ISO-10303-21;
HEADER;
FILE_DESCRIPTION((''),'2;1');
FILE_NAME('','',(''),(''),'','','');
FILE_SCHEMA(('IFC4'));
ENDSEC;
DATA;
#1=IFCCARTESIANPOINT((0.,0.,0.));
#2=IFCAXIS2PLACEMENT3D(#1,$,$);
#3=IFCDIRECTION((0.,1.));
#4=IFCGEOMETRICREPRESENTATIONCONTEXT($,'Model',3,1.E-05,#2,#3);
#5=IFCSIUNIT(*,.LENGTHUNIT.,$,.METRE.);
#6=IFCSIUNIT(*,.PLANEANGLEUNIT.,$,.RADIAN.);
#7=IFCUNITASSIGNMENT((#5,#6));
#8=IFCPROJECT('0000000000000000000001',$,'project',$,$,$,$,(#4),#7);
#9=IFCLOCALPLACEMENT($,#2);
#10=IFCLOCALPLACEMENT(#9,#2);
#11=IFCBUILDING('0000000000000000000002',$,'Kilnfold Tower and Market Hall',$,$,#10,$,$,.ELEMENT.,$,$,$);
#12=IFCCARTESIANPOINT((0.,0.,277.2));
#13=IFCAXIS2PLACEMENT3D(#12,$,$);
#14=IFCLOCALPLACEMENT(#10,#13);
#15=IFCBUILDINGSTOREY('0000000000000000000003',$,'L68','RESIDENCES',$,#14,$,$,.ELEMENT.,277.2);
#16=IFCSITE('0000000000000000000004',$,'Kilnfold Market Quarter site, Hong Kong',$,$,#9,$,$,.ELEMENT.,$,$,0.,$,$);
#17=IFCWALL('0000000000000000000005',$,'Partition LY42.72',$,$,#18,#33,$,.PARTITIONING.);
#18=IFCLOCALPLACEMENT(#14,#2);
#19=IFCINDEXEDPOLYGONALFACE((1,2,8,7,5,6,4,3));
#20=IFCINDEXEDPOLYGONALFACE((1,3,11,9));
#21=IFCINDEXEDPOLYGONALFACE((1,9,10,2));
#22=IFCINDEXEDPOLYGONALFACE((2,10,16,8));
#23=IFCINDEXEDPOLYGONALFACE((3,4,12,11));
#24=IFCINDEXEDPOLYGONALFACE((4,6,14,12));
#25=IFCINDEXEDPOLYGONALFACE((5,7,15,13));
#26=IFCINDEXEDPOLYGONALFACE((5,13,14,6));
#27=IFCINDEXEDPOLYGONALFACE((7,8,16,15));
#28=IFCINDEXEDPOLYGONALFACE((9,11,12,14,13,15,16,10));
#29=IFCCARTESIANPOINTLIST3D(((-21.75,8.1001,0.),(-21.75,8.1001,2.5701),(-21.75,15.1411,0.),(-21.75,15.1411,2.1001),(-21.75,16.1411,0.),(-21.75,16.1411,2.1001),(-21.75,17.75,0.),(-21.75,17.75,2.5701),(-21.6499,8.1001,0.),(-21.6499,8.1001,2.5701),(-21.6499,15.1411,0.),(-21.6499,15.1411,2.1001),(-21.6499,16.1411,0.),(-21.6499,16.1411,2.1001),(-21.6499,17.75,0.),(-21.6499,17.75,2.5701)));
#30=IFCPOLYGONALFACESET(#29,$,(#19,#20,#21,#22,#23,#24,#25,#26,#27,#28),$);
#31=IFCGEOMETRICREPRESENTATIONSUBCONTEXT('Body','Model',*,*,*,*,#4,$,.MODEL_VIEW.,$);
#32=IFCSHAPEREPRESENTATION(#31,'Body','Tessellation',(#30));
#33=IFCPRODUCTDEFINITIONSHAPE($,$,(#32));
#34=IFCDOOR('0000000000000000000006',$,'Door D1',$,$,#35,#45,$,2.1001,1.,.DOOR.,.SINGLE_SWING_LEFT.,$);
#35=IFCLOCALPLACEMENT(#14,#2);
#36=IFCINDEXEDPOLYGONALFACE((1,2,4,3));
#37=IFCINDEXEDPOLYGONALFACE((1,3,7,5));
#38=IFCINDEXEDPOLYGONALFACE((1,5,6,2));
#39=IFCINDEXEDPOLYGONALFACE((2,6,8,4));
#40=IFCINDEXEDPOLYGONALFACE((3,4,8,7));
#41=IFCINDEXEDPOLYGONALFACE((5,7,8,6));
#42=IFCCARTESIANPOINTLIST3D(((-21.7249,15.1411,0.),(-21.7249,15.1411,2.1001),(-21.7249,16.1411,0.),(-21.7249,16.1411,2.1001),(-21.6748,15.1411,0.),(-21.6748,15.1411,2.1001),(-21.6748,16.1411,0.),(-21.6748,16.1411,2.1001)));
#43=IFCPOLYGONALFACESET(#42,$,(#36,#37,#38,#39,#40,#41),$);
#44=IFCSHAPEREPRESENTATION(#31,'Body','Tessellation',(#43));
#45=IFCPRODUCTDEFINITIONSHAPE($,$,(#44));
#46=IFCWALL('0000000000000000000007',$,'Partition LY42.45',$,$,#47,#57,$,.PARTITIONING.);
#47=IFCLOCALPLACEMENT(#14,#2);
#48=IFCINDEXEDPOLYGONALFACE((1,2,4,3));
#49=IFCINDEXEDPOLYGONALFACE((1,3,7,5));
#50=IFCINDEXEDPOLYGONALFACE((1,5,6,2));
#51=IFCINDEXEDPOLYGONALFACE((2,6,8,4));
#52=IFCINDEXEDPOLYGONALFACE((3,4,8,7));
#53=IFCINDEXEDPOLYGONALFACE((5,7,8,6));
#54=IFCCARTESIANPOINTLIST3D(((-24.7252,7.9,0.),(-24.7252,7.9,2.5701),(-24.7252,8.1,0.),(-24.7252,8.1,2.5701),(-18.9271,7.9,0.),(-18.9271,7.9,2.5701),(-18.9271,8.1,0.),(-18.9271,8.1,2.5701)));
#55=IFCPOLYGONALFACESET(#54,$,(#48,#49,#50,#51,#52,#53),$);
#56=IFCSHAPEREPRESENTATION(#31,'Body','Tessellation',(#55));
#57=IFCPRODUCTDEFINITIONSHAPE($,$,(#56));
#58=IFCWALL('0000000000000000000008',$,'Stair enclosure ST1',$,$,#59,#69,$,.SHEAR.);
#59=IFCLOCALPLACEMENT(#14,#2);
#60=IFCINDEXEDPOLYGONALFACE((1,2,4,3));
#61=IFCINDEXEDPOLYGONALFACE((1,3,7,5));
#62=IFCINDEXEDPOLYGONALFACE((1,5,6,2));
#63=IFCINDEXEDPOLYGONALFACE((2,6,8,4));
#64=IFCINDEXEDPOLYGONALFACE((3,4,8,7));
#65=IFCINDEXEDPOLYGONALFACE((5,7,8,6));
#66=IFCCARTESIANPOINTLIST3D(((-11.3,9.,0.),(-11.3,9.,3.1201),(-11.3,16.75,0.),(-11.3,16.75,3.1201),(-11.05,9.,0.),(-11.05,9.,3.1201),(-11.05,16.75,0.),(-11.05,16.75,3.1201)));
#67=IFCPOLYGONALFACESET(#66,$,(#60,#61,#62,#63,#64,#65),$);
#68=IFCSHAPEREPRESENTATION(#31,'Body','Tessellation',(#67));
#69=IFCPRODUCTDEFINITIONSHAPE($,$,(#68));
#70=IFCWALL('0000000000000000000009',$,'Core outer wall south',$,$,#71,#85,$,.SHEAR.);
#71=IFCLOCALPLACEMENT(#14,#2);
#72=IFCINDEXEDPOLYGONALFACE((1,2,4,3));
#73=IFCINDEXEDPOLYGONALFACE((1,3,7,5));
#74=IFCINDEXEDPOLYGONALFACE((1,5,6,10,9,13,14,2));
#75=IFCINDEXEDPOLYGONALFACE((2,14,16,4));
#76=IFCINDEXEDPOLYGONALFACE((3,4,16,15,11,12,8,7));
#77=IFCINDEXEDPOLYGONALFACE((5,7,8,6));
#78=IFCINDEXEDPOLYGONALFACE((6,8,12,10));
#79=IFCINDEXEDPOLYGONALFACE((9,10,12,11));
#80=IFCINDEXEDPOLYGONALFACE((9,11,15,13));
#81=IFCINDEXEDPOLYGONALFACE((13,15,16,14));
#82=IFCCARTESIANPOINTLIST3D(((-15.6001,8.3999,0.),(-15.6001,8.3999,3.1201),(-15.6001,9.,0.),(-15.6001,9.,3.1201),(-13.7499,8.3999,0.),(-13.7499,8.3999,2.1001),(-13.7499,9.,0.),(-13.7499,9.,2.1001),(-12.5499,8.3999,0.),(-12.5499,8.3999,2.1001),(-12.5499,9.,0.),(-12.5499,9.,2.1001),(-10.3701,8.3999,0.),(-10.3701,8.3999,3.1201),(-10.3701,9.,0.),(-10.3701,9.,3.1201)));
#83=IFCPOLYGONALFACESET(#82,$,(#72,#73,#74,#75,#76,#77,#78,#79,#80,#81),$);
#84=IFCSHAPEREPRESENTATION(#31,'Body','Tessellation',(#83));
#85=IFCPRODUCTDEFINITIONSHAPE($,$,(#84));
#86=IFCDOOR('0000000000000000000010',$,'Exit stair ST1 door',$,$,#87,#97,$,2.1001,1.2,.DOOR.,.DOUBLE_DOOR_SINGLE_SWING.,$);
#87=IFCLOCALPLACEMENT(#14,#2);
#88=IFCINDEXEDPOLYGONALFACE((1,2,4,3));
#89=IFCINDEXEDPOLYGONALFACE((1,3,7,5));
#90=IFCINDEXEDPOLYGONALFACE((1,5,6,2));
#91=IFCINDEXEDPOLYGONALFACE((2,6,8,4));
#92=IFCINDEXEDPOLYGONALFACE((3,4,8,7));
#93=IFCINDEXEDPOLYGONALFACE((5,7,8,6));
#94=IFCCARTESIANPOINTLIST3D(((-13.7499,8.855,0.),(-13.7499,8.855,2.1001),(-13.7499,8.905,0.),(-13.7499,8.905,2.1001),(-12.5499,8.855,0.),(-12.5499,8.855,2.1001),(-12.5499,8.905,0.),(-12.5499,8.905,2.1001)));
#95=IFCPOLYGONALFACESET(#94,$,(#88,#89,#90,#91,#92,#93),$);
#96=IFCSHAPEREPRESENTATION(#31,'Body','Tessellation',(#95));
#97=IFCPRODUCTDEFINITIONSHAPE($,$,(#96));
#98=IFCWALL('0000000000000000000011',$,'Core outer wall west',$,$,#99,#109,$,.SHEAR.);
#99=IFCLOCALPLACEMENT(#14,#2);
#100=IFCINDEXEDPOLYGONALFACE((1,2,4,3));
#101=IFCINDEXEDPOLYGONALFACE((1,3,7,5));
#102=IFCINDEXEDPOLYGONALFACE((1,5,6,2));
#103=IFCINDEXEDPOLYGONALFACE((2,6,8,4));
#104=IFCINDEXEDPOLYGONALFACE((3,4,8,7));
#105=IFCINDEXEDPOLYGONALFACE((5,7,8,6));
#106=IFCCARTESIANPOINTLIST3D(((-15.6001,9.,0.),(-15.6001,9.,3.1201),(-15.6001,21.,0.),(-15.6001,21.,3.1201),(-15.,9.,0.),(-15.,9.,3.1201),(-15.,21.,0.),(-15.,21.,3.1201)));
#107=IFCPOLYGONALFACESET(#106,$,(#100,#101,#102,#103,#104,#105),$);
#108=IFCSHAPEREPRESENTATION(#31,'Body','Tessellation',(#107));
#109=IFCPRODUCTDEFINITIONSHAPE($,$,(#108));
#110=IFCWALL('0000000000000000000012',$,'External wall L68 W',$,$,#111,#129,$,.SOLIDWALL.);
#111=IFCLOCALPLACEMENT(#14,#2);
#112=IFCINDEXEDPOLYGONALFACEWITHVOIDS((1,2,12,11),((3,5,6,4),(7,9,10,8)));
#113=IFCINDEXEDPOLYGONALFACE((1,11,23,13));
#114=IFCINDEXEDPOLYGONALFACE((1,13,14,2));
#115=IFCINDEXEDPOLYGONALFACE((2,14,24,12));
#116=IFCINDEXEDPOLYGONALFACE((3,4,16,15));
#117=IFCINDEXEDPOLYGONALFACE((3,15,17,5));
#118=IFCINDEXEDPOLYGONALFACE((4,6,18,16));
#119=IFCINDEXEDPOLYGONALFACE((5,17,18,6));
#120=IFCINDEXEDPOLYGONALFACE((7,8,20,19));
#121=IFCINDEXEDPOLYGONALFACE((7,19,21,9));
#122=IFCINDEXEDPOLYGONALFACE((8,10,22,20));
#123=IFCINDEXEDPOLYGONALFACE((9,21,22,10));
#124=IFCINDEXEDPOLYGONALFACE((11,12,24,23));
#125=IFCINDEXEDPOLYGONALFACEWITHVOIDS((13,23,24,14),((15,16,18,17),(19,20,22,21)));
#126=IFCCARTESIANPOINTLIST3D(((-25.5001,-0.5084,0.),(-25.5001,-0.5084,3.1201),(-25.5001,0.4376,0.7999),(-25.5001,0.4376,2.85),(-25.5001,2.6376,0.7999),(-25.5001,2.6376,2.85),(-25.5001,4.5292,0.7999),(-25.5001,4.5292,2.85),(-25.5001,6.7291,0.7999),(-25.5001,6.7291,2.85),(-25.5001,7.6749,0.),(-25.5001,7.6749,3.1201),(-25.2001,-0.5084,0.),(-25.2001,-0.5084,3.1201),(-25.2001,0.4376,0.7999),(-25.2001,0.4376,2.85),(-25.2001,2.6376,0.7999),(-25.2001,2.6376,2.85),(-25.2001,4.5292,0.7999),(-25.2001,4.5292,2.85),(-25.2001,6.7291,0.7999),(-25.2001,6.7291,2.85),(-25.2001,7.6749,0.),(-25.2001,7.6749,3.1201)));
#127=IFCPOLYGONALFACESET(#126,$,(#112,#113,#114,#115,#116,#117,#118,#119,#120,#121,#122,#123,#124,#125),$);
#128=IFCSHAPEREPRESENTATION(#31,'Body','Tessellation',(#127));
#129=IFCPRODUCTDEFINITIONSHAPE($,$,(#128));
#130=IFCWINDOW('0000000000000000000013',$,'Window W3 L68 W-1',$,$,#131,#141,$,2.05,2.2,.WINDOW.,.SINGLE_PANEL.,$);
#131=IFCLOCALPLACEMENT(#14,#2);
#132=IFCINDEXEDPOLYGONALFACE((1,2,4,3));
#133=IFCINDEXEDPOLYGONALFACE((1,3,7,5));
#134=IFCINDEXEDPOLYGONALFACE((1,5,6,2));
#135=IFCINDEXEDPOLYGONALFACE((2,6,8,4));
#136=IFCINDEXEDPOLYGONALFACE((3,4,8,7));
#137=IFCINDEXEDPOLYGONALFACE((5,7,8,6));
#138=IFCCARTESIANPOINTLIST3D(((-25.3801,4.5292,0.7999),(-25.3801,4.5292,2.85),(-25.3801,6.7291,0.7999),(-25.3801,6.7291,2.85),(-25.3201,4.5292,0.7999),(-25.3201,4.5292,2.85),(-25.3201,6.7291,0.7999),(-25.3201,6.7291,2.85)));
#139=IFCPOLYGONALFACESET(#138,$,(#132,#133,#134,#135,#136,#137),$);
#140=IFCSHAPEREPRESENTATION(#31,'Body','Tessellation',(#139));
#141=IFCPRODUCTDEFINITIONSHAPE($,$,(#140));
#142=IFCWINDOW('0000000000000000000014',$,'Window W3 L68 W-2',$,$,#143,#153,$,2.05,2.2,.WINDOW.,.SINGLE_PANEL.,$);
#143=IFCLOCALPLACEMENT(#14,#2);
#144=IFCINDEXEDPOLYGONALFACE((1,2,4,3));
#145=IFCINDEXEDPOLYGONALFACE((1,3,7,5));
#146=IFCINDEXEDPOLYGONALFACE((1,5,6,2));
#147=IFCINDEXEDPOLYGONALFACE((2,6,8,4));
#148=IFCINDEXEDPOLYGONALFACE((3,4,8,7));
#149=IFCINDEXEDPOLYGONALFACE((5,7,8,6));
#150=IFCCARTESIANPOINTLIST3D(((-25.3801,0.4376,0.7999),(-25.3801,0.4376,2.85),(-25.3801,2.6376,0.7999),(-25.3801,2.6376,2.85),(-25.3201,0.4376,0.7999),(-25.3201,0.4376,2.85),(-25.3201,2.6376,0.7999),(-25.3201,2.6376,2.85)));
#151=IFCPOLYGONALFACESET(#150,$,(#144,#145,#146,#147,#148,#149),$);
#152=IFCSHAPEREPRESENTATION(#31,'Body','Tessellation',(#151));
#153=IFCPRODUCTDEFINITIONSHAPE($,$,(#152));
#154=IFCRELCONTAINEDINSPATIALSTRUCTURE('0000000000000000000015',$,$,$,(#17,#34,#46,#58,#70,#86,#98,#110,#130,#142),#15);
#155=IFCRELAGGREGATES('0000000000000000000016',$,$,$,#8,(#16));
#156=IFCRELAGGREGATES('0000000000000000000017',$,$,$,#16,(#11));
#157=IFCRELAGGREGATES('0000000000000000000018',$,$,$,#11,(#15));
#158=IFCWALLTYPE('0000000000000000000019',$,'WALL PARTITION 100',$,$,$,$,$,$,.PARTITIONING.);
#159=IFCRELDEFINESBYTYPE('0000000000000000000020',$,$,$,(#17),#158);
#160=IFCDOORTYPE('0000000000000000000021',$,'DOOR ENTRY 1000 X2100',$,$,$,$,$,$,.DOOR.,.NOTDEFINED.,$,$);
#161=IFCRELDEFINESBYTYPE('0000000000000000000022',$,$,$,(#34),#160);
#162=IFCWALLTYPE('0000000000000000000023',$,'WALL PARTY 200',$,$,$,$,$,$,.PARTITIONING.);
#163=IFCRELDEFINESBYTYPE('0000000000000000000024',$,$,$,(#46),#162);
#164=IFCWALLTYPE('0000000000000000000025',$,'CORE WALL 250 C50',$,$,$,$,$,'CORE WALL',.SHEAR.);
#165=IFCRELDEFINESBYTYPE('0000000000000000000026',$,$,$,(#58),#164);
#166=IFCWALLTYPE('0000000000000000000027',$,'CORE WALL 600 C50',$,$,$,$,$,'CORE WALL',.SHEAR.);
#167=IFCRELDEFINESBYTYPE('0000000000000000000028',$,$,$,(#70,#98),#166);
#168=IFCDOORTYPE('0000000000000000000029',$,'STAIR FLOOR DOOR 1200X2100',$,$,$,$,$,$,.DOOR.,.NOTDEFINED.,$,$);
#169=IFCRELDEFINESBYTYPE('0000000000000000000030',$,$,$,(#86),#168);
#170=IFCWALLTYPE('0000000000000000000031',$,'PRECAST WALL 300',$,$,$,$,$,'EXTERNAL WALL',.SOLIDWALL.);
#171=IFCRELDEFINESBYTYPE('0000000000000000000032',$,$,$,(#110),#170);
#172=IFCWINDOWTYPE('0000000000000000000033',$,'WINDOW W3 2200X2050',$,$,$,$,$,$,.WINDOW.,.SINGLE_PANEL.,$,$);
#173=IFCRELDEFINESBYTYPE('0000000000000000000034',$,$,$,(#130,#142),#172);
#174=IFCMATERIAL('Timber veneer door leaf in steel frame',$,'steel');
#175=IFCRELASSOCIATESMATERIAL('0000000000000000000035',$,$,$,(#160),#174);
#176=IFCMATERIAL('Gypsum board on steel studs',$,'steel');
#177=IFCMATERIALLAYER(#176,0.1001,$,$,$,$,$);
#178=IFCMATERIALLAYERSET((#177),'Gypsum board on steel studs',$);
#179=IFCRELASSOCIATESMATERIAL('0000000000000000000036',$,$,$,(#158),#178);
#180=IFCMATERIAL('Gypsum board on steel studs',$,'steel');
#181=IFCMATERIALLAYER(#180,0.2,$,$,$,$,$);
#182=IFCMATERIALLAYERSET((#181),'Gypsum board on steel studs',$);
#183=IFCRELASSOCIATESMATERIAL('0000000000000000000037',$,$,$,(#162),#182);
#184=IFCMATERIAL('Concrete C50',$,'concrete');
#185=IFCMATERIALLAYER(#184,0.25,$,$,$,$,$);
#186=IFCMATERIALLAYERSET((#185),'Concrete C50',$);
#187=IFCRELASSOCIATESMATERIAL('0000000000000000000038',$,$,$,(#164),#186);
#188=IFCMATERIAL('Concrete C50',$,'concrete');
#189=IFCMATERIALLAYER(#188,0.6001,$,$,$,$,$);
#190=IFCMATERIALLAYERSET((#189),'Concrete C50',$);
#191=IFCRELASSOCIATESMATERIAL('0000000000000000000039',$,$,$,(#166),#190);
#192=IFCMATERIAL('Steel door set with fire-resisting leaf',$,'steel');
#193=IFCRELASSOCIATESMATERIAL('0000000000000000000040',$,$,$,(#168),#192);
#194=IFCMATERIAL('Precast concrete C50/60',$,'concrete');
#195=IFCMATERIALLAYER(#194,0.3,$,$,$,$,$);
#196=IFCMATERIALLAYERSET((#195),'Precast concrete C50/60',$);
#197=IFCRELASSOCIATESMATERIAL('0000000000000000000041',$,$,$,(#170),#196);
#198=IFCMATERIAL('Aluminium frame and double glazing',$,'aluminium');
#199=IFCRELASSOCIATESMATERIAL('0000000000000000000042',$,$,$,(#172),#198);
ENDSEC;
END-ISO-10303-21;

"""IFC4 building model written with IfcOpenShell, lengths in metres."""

from ifc_helpers import new_model, si_unit, direction, frame, frame_2d, origin, place, context, subcontext, project, spatial, rectangle, extrude, source, transform, mapped, material, layer, layer_set, type_object, element, fill, save


model = new_model("IFC4")

# Units and contexts
model_context = context("Model", 3, precision=1e-05, world=origin(), true_north=direction((0.0, 1.0)))
body_context = subcontext(model_context, "Body", "Model", "MODEL_VIEW")
ifc_project = project(units=[si_unit("LENGTHUNIT", "METRE"), si_unit("PLANEANGLEUNIT", "RADIAN")], contexts=[model_context])

# Site, building, storey
site_placement = place(None, origin())
site = spatial("IfcSite", under=ifc_project, at=site_placement, Name="Kilnfold Market Quarter site, Hong Kong", CompositionType="ELEMENT", RefElevation=0.0)
building_placement = place(site_placement, origin())
building = spatial("IfcBuilding", under=site, at=building_placement, Name="Kilnfold Tower and Market Hall", CompositionType="ELEMENT")
storey_placement = place(building_placement, frame((0.0, 0.0, 277.2)))
storey = spatial("IfcBuildingStorey", under=building, at=storey_placement, Name="L68", Description="RESIDENCES", CompositionType="ELEMENT", Elevation=277.2)

# Shared definitions
ifc_material_1 = material(Name="Timber veneer door leaf in steel frame", Category="steel")
door_type_1 = type_object("IfcDoorType", Name="DOOR ENTRY 1000 X2100", OperationType="NOTDEFINED", PredefinedType="DOOR", material=ifc_material_1)

# Wall, opening, door
ifc_material_2 = material(Name="Gypsum board on steel studs", Category="steel")
ifc_layer_1 = layer(ifc_material_2, 0.1001)
ifc_layer_set_1 = layer_set([ifc_layer_1], Name="Gypsum board on steel studs")
wall_type_1 = type_object("IfcWallType", Name="WALL PARTITION 100", PredefinedType="PARTITIONING", material=ifc_layer_set_1)
wall_1_placement = place(storey_placement, frame((-21.7, 8.1001, 0.0), z_axis=(0.0, 0.0, 1.0), x_axis=(0.0, 1.0, 0.0)))
wall_1 = element("IfcWall", 1, at=wall_1_placement, inside=storey, type_object=wall_type_1, Name="Partition LY42.72", PredefinedType="PARTITIONING", context=body_context, shape_type="SweptSolid", body=[
    extrude(rectangle(XDim=9.6499, YDim=0.1001, at=frame_2d((4.825, 0.0))), origin(), (0.0, 0.0, 1.0), 2.5701),
])
opening_1_placement = place(wall_1_placement, frame((7.041, 0.0, 0.0)))
opening_1 = element("IfcOpeningElement", 2, at=opening_1_placement, cuts=wall_1, PredefinedType="OPENING", context=body_context, shape_type="SweptSolid", body=[
    extrude(rectangle(XDim=1.0, YDim=2.1001, at=frame_2d((0.5, 1.05))), frame((0.0, 0.0601, 0.0), z_axis=(0.0, -1.0, 0.0), x_axis=(1.0, 0.0, 0.0)), (0.0, 0.0, 1.0), 0.1201),
])
door_1_placement = place(opening_1_placement, origin())
door_1 = element("IfcDoor", 3, at=door_1_placement, inside=storey, type_object=door_type_1, Name="Door D1", OperationType="SINGLE_SWING_LEFT", OverallHeight=2.1001, OverallWidth=1.0, PredefinedType="DOOR", context=body_context, shape_type="SweptSolid", body=[
    extrude(rectangle(XDim=1.0, YDim=2.1001, at=frame_2d((0.5, 1.05))), frame((0.0, 0.0249, 0.0), z_axis=(0.0, -1.0, 0.0), x_axis=(1.0, 0.0, 0.0)), (0.0, 0.0, 1.0), 0.05),
])
fill(opening_1, door_1)

# Walls
ifc_material_3 = material(Name="Gypsum board on steel studs", Category="steel")
ifc_layer_2 = layer(ifc_material_3, 0.2)
ifc_layer_set_2 = layer_set([ifc_layer_2], Name="Gypsum board on steel studs")
wall_type_2 = type_object("IfcWallType", Name="WALL PARTY 200", PredefinedType="PARTITIONING", material=ifc_layer_set_2)
wall_2_placement = place(storey_placement, frame((-24.7251, 8.0, 0.0), z_axis=(0.0, 0.0, 1.0), x_axis=(1.0, 0.0, 0.0)))
element("IfcWall", 4, at=wall_2_placement, inside=storey, type_object=wall_type_2, Name="Partition LY42.45", PredefinedType="PARTITIONING", context=body_context, shape_type="SweptSolid", body=[
    extrude(rectangle(XDim=5.7981, YDim=0.2, at=frame_2d((2.8989, 0.0))), origin(), (0.0, 0.0, 1.0), 2.5701),
])
ifc_material_4 = material(Name="Concrete C50", Category="concrete")
ifc_layer_3 = layer(ifc_material_4, 0.25)
ifc_layer_set_3 = layer_set([ifc_layer_3], Name="Concrete C50")
wall_type_3 = type_object("IfcWallType", Name="CORE WALL 250 C50", ElementType="CORE WALL", PredefinedType="SHEAR", material=ifc_layer_set_3)
shared_shape_1 = source(origin(), body_context, "Body", "SweptSolid", [
    extrude(rectangle(XDim=7.75, YDim=0.25, at=frame_2d((3.875, 0.0))), origin(), (0.0, 0.0, 1.0), 3.1201),
])
wall_3_placement = place(storey_placement, frame((-11.175, 9.0, 0.0), z_axis=(0.0, 0.0, 1.0), x_axis=(0.0, 1.0, 0.0)))
element("IfcWall", 5, at=wall_3_placement, inside=storey, type_object=wall_type_3, Name="Stair enclosure ST1", PredefinedType="SHEAR", context=body_context, shape_type="MappedRepresentation", body=[
    mapped(shared_shape_1, transform((0.0, 0.0, 0.0))),
])

# Wall, opening, door
ifc_material_5 = material(Name="Concrete C50", Category="concrete")
ifc_layer_4 = layer(ifc_material_5, 0.6001)
ifc_layer_set_4 = layer_set([ifc_layer_4], Name="Concrete C50")
wall_type_4 = type_object("IfcWallType", Name="CORE WALL 600 C50", ElementType="CORE WALL", PredefinedType="SHEAR", material=ifc_layer_set_4)
shared_shape_2 = source(origin(), body_context, "Body", "SweptSolid", [
    extrude(rectangle(XDim=5.23, YDim=0.6001, at=frame_2d((2.615, 0.0))), origin(), (0.0, 0.0, 1.0), 3.1201),
])
wall_4_placement = place(storey_placement, frame((-15.6001, 8.7, 0.0), z_axis=(0.0, 0.0, 1.0), x_axis=(1.0, 0.0, 0.0)))
wall_4 = element("IfcWall", 6, at=wall_4_placement, inside=storey, type_object=wall_type_4, Name="Core outer wall south", PredefinedType="SHEAR", context=body_context, shape_type="MappedRepresentation", body=[
    mapped(shared_shape_2, transform((0.0, 0.0, 0.0))),
])
opening_2_placement = place(wall_4_placement, frame((1.8501, 0.0, 0.0)))
opening_2 = element("IfcOpeningElement", 7, at=opening_2_placement, cuts=wall_4, PredefinedType="OPENING", context=body_context, shape_type="SweptSolid", body=[
    extrude(rectangle(XDim=1.2, YDim=2.1001, at=frame_2d((0.6001, 1.05))), frame((0.0, 0.3101, 0.0), z_axis=(0.0, -1.0, 0.0), x_axis=(1.0, 0.0, 0.0)), (0.0, 0.0, 1.0), 0.6201),
])
ifc_material_6 = material(Name="Steel door set with fire-resisting leaf", Category="steel")
door_type_2 = type_object("IfcDoorType", Name="STAIR FLOOR DOOR 1200X2100", OperationType="NOTDEFINED", PredefinedType="DOOR", material=ifc_material_6)
door_2_placement = place(opening_2_placement, origin())
door_2 = element("IfcDoor", 8, at=door_2_placement, inside=storey, type_object=door_type_2, Name="Exit stair ST1 door", OperationType="DOUBLE_DOOR_SINGLE_SWING", OverallHeight=2.1001, OverallWidth=1.2, PredefinedType="DOOR", context=body_context, shape_type="SweptSolid", body=[
    extrude(rectangle(XDim=1.2, YDim=2.1001, at=frame_2d((0.6001, 1.05))), frame((0.0, 0.2051, 0.0), z_axis=(0.0, -1.0, 0.0), x_axis=(1.0, 0.0, 0.0)), (0.0, 0.0, 1.0), 0.05),
])
fill(opening_2, door_2)

# Wall
shared_shape_3 = source(origin(), body_context, "Body", "SweptSolid", [
    extrude(rectangle(XDim=12.0, YDim=0.6001, at=frame_2d((6.0, 0.0))), origin(), (0.0, 0.0, 1.0), 3.1201),
])
wall_5_placement = place(storey_placement, frame((-15.3, 9.0, 0.0), z_axis=(0.0, 0.0, 1.0), x_axis=(0.0, 1.0, 0.0)))
element("IfcWall", 9, at=wall_5_placement, inside=storey, type_object=wall_type_4, Name="Core outer wall west", PredefinedType="SHEAR", context=body_context, shape_type="MappedRepresentation", body=[
    mapped(shared_shape_3, transform((0.0, 0.0, 0.0))),
])

# Wall, openings, windows
ifc_material_7 = material(Name="Precast concrete C50/60", Category="concrete")
ifc_layer_5 = layer(ifc_material_7, 0.3)
ifc_layer_set_5 = layer_set([ifc_layer_5], Name="Precast concrete C50/60")
wall_type_5 = type_object("IfcWallType", Name="PRECAST WALL 300", ElementType="EXTERNAL WALL", PredefinedType="SOLIDWALL", material=ifc_layer_set_5)
shared_shape_4 = source(origin(), body_context, "Body", "SweptSolid", [
    extrude(rectangle(XDim=8.1833, YDim=0.3, at=frame_2d((4.0918, 0.0))), origin(), (0.0, 0.0, 1.0), 3.1201),
])
wall_6_placement = place(storey_placement, frame((-25.3501, 7.675, 0.0), z_axis=(0.0, 0.0, 1.0), x_axis=(0.0, -1.0, 0.0)))
wall_6 = element("IfcWall", 10, at=wall_6_placement, inside=storey, type_object=wall_type_5, Name="External wall L68 W", PredefinedType="SOLIDWALL", context=body_context, shape_type="MappedRepresentation", body=[
    mapped(shared_shape_4, transform((0.0, 0.0, 0.0))),
])
opening_3_placement = place(wall_6_placement, frame((0.9458, 0.0, 0.8)))
opening_3 = element("IfcOpeningElement", 11, at=opening_3_placement, cuts=wall_6, PredefinedType="OPENING", context=body_context, shape_type="SweptSolid", body=[
    extrude(rectangle(XDim=2.2, YDim=2.05, at=frame_2d((1.1001, 1.0249))), frame((0.0, 0.1602, 0.0), z_axis=(0.0, -1.0, 0.0), x_axis=(1.0, 0.0, 0.0)), (0.0, 0.0, 1.0), 0.3201),
])
opening_4_placement = place(wall_6_placement, frame((5.0374, 0.0, 0.8)))
opening_4 = element("IfcOpeningElement", 12, at=opening_4_placement, cuts=wall_6, PredefinedType="OPENING", context=body_context, shape_type="SweptSolid", body=[
    extrude(rectangle(XDim=2.2, YDim=2.05, at=frame_2d((1.1001, 1.0249))), frame((0.0, 0.1602, 0.0), z_axis=(0.0, -1.0, 0.0), x_axis=(1.0, 0.0, 0.0)), (0.0, 0.0, 1.0), 0.3201),
])
ifc_material_8 = material(Name="Aluminium frame and double glazing", Category="aluminium")
window_type = type_object("IfcWindowType", Name="WINDOW W3 2200X2050", PartitioningType="SINGLE_PANEL", PredefinedType="WINDOW", material=ifc_material_8)
window_1_placement = place(opening_3_placement, origin())
window_1 = element("IfcWindow", 13, at=window_1_placement, inside=storey, type_object=window_type, Name="Window W3 L68 W-1", OverallHeight=2.05, OverallWidth=2.2, PartitioningType="SINGLE_PANEL", PredefinedType="WINDOW", context=body_context, shape_type="SweptSolid", body=[
    extrude(rectangle(XDim=2.2, YDim=2.05, at=frame_2d((1.1001, 1.0249))), frame((0.0, 0.03, 0.0), z_axis=(0.0, -1.0, 0.0), x_axis=(1.0, 0.0, 0.0)), (0.0, 0.0, 1.0), 0.0601),
])
fill(opening_3, window_1)
window_2_placement = place(opening_4_placement, origin())
window_2 = element("IfcWindow", 14, at=window_2_placement, inside=storey, type_object=window_type, Name="Window W3 L68 W-2", OverallHeight=2.05, OverallWidth=2.2, PartitioningType="SINGLE_PANEL", PredefinedType="WINDOW", context=body_context, shape_type="SweptSolid", body=[
    extrude(rectangle(XDim=2.2, YDim=2.05, at=frame_2d((1.1001, 1.0249))), frame((0.0, 0.03, 0.0), z_axis=(0.0, -1.0, 0.0), x_axis=(1.0, 0.0, 0.0)), (0.0, 0.0, 1.0), 0.0601),
])
fill(opening_4, window_2)

save(model, "model.ifc")
